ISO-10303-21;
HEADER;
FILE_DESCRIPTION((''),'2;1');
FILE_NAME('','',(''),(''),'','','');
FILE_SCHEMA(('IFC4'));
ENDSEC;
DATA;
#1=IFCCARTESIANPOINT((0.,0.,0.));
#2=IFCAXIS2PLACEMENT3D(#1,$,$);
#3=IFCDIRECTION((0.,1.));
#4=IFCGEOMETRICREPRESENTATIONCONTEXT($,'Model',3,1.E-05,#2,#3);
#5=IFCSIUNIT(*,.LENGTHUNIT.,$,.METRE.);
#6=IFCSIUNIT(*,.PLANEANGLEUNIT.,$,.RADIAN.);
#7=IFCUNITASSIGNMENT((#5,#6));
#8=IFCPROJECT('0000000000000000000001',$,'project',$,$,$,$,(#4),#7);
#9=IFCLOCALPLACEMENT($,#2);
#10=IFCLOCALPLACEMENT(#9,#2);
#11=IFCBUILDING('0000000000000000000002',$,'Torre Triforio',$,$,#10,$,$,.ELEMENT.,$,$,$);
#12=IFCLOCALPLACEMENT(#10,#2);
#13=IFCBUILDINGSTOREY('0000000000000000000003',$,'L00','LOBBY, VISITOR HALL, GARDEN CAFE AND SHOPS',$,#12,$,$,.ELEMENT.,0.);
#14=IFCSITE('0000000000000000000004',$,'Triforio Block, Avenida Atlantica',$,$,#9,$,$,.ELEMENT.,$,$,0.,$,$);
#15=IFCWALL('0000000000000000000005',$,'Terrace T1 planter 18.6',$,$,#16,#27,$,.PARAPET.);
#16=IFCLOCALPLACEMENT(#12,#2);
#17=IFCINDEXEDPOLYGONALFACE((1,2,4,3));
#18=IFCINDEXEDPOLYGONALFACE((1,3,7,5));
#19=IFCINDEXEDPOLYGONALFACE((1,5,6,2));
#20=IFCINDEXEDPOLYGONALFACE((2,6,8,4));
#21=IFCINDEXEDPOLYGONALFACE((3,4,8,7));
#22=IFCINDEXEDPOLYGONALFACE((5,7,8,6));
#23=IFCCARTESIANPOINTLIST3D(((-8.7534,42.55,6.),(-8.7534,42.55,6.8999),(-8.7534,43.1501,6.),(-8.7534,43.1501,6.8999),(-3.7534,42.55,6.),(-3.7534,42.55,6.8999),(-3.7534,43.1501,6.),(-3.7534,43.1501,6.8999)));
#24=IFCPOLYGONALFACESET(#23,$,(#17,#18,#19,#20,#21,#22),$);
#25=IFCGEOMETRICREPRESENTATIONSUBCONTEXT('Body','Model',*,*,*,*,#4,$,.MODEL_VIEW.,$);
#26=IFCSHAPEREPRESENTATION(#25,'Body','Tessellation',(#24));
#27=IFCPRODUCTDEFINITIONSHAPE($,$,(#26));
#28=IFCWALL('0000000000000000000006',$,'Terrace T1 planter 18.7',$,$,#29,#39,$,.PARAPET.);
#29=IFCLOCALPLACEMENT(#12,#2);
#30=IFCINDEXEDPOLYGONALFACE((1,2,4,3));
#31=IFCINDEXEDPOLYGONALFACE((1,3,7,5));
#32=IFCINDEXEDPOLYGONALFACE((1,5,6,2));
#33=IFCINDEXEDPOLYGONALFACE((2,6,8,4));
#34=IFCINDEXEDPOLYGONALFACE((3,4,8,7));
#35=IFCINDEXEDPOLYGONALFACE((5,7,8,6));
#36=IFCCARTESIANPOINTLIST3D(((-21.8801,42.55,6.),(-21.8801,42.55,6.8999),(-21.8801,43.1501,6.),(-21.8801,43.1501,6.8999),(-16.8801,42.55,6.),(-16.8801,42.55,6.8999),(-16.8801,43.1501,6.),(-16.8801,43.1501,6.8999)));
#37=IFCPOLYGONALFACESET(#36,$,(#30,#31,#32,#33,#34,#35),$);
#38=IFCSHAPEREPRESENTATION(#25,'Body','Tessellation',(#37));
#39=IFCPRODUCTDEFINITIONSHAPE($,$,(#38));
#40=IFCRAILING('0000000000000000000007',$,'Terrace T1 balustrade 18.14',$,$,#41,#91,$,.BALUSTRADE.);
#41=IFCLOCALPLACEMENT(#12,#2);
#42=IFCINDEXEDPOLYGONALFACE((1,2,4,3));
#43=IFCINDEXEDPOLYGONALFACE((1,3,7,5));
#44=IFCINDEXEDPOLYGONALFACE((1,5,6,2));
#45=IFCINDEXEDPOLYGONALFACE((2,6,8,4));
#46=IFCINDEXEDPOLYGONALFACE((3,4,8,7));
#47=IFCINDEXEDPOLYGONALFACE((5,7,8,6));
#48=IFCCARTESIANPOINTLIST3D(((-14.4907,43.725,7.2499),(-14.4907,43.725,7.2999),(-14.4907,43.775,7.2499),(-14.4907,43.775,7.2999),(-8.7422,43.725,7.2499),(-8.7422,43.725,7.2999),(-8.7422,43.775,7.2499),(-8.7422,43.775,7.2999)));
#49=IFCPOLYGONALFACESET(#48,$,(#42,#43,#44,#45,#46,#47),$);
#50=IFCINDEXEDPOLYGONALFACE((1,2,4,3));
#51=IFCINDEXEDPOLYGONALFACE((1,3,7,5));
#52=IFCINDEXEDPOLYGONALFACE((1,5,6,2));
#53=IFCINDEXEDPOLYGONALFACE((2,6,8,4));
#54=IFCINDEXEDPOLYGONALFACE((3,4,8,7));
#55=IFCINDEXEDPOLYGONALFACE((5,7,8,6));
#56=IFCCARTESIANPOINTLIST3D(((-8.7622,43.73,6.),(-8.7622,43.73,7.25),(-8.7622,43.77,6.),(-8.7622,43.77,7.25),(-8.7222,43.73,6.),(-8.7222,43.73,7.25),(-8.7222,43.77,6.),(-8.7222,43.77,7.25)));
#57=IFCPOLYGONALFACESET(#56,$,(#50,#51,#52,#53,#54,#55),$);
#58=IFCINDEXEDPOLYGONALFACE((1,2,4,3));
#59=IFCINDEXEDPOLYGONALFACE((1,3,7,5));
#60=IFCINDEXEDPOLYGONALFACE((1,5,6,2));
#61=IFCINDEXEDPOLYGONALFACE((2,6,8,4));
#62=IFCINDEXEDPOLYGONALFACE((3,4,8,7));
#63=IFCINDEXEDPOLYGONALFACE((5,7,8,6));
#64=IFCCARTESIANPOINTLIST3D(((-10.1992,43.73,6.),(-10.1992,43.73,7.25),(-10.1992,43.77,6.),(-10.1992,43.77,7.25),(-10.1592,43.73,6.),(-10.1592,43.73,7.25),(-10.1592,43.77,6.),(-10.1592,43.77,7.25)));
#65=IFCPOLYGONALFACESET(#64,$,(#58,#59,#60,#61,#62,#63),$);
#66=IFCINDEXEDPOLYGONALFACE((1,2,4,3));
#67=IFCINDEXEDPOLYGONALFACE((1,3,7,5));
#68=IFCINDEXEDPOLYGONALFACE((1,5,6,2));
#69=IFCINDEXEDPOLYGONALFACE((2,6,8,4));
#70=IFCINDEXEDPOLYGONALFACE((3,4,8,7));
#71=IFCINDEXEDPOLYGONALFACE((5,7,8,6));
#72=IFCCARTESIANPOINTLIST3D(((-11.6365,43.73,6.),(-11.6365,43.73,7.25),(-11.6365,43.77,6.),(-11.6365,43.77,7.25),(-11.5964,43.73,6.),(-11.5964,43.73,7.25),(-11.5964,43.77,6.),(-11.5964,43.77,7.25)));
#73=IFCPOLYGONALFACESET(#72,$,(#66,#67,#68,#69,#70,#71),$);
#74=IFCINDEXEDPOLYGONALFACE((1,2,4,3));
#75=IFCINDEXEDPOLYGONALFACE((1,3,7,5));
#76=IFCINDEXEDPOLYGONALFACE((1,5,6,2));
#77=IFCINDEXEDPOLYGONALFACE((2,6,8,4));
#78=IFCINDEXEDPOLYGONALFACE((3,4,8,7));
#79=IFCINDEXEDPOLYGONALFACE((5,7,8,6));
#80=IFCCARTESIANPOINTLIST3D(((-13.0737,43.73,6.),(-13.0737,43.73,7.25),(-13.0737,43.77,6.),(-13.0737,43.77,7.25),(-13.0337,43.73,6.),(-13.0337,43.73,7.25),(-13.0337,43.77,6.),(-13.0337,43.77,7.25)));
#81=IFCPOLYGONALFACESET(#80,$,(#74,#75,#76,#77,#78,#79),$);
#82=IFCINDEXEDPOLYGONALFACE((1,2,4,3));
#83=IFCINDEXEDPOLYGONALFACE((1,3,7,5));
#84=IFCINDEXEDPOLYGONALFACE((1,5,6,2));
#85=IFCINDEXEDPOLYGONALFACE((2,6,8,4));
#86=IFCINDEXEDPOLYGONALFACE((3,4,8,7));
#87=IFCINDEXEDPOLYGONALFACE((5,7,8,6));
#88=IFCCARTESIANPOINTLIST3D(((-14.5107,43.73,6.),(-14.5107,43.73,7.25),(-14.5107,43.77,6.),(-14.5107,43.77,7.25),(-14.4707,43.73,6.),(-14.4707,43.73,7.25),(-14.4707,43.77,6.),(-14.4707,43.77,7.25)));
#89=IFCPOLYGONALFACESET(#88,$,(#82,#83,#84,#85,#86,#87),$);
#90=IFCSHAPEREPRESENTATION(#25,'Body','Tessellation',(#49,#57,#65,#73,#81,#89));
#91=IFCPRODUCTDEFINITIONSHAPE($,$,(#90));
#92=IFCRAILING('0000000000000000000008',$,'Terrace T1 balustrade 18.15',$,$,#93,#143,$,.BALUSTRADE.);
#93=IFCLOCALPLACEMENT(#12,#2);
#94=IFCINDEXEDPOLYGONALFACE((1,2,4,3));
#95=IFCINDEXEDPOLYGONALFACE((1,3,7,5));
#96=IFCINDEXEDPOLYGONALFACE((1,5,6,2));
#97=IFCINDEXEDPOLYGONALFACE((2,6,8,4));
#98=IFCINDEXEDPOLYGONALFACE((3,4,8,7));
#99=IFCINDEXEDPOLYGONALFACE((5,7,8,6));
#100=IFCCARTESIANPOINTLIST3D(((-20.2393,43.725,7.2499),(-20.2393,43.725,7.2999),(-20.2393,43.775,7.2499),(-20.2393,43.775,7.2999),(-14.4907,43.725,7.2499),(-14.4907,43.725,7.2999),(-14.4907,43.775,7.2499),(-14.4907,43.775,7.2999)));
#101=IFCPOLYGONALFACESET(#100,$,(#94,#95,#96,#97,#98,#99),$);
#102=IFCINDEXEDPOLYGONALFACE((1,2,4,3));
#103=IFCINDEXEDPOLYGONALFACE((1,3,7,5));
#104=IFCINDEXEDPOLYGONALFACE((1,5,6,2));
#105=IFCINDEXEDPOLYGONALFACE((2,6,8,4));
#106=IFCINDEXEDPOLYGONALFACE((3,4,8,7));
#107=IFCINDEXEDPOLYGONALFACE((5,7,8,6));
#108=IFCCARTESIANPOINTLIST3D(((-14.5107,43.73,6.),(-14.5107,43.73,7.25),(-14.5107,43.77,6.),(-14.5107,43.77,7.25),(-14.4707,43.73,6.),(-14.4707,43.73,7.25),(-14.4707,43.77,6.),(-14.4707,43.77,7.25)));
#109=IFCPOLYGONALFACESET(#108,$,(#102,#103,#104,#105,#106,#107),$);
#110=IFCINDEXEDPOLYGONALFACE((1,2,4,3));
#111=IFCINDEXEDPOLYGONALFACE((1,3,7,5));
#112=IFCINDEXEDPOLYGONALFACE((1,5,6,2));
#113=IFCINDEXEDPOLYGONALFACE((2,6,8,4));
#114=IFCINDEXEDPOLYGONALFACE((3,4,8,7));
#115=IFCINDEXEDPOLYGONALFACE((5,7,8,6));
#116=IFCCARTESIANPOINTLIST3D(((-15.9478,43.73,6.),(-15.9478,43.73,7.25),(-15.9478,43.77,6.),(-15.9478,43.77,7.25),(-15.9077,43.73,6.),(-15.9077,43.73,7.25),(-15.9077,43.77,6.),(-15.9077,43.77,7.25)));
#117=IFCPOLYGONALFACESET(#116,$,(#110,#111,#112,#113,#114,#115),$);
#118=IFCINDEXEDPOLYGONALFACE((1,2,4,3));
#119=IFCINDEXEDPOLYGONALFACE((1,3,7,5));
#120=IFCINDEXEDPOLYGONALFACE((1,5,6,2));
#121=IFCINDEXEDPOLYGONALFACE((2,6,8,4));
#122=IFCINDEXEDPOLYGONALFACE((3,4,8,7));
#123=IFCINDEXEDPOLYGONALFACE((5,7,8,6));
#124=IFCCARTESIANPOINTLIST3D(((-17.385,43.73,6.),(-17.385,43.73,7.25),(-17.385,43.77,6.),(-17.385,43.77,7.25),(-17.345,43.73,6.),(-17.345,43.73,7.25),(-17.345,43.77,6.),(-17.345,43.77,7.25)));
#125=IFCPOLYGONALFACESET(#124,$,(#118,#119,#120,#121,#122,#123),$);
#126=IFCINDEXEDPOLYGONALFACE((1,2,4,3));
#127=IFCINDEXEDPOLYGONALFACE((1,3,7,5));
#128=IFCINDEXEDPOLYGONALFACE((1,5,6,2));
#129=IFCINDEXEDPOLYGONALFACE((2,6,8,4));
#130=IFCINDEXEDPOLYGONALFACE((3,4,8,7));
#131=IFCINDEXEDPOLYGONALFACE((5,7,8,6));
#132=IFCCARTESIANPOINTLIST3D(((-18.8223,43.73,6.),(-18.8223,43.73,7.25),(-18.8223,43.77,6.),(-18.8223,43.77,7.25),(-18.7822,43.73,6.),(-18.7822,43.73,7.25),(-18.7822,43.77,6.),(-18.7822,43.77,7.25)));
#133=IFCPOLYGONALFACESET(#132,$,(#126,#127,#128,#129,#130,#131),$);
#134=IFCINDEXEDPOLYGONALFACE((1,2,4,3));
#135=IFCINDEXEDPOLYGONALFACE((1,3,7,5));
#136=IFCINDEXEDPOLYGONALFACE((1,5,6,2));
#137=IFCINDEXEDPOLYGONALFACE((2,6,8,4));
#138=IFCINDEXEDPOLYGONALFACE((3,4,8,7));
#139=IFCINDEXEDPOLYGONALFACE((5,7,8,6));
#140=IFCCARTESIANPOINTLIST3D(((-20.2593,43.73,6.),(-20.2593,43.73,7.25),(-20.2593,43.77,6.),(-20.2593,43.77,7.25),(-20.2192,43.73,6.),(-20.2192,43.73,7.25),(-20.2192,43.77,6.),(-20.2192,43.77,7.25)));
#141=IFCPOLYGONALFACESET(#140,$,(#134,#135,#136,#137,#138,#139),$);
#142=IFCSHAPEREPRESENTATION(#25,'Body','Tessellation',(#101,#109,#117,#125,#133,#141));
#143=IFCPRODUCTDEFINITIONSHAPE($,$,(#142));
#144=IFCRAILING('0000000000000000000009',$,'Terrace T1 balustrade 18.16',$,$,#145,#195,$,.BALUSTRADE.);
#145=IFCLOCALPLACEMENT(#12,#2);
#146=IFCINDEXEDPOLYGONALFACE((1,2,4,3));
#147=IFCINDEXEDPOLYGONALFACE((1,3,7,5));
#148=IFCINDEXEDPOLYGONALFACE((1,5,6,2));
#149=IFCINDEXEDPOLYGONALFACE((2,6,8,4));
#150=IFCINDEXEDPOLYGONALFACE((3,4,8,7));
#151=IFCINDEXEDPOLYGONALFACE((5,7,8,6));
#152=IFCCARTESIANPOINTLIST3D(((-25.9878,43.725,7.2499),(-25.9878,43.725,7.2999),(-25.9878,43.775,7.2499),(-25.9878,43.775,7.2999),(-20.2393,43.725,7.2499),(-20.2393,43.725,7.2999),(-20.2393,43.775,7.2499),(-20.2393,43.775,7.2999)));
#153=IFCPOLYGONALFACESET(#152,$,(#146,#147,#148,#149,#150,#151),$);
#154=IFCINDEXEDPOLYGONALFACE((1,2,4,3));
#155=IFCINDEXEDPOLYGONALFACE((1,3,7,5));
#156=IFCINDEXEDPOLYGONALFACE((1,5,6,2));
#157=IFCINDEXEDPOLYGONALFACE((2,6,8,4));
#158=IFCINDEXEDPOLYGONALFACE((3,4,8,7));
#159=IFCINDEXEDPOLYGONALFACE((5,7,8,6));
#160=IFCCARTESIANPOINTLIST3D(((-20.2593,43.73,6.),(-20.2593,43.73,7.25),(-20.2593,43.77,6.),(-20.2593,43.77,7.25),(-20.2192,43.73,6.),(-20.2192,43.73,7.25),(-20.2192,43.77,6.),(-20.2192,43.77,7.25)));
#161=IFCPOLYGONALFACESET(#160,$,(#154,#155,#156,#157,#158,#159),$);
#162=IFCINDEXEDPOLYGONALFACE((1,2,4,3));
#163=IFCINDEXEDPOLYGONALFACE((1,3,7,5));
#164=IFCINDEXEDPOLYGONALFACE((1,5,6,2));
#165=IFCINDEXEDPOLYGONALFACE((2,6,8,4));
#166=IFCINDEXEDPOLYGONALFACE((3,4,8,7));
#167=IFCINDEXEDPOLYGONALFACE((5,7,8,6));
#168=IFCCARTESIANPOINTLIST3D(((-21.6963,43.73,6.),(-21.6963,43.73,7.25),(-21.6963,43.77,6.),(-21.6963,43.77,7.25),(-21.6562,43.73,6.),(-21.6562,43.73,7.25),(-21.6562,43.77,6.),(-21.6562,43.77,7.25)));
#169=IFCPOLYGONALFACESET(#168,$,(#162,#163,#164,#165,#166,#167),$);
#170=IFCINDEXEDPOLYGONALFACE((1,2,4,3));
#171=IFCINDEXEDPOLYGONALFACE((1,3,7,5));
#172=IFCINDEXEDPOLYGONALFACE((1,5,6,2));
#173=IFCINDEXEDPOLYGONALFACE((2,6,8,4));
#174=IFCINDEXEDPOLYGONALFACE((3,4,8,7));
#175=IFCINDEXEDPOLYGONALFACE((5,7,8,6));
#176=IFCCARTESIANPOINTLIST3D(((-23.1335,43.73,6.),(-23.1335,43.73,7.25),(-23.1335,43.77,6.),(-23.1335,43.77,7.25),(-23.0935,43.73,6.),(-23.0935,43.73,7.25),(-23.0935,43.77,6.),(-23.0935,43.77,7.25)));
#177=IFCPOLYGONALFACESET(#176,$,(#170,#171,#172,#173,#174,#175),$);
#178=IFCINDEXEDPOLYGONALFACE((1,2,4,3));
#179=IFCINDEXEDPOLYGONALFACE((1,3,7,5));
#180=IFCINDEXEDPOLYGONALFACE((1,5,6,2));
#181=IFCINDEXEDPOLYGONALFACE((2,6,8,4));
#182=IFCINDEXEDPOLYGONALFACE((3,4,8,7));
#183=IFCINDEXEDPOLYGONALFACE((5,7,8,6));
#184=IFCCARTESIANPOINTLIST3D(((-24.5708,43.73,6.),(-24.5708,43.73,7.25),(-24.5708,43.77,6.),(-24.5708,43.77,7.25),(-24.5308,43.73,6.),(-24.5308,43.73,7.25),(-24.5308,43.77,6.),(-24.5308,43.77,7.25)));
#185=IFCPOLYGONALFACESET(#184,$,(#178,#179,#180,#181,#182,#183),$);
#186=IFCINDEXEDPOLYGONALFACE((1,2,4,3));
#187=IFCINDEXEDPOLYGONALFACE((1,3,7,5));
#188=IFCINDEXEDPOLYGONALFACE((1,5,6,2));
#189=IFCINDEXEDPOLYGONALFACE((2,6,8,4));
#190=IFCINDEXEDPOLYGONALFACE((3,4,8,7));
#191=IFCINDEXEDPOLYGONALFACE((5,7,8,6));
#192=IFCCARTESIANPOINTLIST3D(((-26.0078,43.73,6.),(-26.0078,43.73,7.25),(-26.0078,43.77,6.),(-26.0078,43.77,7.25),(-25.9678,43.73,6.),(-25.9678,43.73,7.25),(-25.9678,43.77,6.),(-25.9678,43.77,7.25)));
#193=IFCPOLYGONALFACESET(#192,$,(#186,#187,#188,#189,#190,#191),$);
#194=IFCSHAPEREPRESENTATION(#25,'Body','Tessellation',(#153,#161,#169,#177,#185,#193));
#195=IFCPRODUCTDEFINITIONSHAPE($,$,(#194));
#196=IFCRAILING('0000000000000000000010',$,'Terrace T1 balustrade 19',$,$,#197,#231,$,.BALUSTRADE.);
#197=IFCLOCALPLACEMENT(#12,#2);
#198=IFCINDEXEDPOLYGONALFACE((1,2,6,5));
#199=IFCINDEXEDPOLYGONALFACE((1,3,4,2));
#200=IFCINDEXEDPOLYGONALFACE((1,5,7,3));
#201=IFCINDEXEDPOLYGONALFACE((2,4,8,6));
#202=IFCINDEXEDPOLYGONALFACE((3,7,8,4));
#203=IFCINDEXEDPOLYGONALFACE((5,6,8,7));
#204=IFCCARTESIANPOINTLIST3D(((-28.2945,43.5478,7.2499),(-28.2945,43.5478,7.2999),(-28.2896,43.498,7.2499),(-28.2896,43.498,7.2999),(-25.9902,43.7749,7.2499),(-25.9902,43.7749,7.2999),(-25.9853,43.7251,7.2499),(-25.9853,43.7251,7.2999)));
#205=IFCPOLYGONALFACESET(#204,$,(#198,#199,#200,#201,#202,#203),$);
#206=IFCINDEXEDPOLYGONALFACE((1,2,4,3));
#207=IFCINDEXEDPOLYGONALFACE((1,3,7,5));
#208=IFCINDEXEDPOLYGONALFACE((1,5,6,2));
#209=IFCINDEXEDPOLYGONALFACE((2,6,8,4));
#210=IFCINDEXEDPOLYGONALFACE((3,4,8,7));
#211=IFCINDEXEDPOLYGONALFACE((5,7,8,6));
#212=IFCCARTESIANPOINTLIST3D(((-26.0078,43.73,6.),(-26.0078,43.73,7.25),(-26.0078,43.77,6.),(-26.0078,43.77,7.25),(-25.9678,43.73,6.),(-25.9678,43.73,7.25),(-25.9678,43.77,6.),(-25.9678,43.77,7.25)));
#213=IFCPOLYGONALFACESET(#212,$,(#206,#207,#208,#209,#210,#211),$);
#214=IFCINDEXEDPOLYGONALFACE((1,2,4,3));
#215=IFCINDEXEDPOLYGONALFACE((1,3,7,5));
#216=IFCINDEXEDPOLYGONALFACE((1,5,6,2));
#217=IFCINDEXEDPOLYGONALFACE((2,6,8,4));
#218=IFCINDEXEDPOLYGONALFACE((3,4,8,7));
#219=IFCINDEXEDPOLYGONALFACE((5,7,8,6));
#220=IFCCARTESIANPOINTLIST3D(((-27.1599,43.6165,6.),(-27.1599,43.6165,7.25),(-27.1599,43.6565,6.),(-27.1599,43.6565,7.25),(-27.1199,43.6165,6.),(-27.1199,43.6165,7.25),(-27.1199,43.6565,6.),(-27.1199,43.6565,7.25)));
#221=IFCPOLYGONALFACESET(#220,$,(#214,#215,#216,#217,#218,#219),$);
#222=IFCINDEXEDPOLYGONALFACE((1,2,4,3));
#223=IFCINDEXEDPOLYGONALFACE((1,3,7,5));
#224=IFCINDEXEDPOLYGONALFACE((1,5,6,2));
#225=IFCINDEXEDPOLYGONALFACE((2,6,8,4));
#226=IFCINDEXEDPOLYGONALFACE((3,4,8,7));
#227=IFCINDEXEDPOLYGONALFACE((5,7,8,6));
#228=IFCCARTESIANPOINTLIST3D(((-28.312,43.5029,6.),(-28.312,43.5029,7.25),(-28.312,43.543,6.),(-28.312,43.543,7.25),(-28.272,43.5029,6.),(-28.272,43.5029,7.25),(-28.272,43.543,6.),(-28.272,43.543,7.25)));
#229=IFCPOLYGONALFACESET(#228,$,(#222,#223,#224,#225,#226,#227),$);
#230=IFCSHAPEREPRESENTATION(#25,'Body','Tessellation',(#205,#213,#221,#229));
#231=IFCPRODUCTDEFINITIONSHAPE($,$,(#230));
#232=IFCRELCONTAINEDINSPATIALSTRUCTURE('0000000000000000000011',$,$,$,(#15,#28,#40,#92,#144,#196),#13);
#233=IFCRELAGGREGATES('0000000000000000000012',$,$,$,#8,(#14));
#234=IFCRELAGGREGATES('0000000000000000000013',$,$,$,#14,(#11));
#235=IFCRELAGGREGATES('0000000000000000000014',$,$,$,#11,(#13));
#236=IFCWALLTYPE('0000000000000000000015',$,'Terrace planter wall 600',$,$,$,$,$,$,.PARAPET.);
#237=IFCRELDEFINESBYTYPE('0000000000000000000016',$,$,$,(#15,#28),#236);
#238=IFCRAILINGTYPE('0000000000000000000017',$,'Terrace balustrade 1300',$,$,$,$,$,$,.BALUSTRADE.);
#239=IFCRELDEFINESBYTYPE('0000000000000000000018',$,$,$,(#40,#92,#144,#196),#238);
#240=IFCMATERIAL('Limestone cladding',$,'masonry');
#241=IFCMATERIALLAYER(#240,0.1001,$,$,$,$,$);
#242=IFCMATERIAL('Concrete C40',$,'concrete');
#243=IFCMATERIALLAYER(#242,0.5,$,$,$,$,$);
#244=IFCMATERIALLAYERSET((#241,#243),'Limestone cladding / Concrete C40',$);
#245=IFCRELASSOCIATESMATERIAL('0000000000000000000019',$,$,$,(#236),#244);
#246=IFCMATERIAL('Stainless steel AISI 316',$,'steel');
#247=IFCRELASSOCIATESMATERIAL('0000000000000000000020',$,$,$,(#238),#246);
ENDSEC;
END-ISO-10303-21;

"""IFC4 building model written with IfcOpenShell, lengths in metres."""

from ifc_helpers import new_model, si_unit, direction, frame, frame_2d, origin, origin_2d, place, context, subcontext, project, spatial, rectangle, extrude, material, layer, layer_set, type_object, element, save


model = new_model("IFC4")

# Units and contexts
model_context = context("Model", 3, precision=1e-05, world=origin(), true_north=direction((0.0, 1.0)))
body_context = subcontext(model_context, "Body", "Model", "MODEL_VIEW")
ifc_project = project(units=[si_unit("LENGTHUNIT", "METRE"), si_unit("PLANEANGLEUNIT", "RADIAN")], contexts=[model_context])

# Site, building, storey
site_placement = place(None, origin())
site = spatial("IfcSite", under=ifc_project, at=site_placement, Name="Triforio Block, Avenida Atlantica", CompositionType="ELEMENT", RefElevation=0.0)
building_placement = place(site_placement, origin())
building = spatial("IfcBuilding", under=site, at=building_placement, Name="Torre Triforio", CompositionType="ELEMENT")
storey_placement = place(building_placement, origin())
storey = spatial("IfcBuildingStorey", under=building, at=storey_placement, Name="L00", Description="LOBBY, VISITOR HALL, GARDEN CAFE AND SHOPS", CompositionType="ELEMENT", Elevation=0.0)

# Shared definitions
ifc_material_1 = material(Name="Limestone cladding", Category="masonry")
ifc_material_2 = material(Name="Concrete C40", Category="concrete")

# Walls
ifc_layer_1 = layer(ifc_material_1, 0.1001)
ifc_layer_2 = layer(ifc_material_2, 0.5)
ifc_layer_set_1 = layer_set([ifc_layer_1, ifc_layer_2], Name="Limestone cladding / Concrete C40")
wall_type_1 = type_object("IfcWallType", Name="Terrace planter wall 600", PredefinedType="PARAPET", material=ifc_layer_set_1)
for number, where, z_axis, x_axis, name in (
    (1, (-3.7534, 42.8501, 6.0), (0.0, 0.0, 1.0), (-1.0, 0.0, 0.0), "Terrace T1 planter 18.6"),
    (2, (-16.8801, 42.8501, 6.0), (0.0, 0.0, 1.0), (-1.0, 0.0, 0.0), "Terrace T1 planter 18.7"),
):
    element("IfcWall", number, at=place(storey_placement, frame(where, z_axis=z_axis, x_axis=x_axis)), inside=storey, type_object=wall_type_1, Name=name, PredefinedType="PARAPET", context=body_context, shape_type="SweptSolid", body=[
        extrude(rectangle(XDim=5.0, YDim=0.6001, at=frame_2d((2.5, 0.0))), origin(), (0.0, 0.0, 1.0), 0.8999),
    ])

# Railings
ifc_material_3 = material(Name="Stainless steel AISI 316", Category="steel")
railing_type = type_object("IfcRailingType", Name="Terrace balustrade 1300", PredefinedType="BALUSTRADE", material=ifc_material_3)
for number, where, name in (
    (3, (-8.7422, 43.75, 6.0), "Terrace T1 balustrade 18.14"),
    (4, (-14.4907, 43.75, 6.0), "Terrace T1 balustrade 18.15"),
    (5, (-20.2393, 43.75, 6.0), "Terrace T1 balustrade 18.16"),
):
    element("IfcRailing", number, at=place(storey_placement, frame(where)), inside=storey, type_object=railing_type, Name=name, PredefinedType="BALUSTRADE", context=body_context, shape_type="SweptSolid", body=[
        extrude(rectangle(XDim=0.05, YDim=0.05, at=origin_2d()), frame((0.0, 0.0, 1.2749), z_axis=(-1.0, 0.0, 0.0), x_axis=(0.0, -1.0, 0.0)), (0.0, 0.0, 1.0), 5.7485),
        extrude(rectangle(XDim=0.04, YDim=0.04, at=origin_2d()), origin(), (0.0, 0.0, 1.0), 1.25),
        extrude(rectangle(XDim=0.04, YDim=0.04, at=origin_2d()), frame((-1.437, 0.0, 0.0)), (0.0, 0.0, 1.0), 1.25),
        extrude(rectangle(XDim=0.04, YDim=0.04, at=origin_2d()), frame((-2.8743, 0.0, 0.0)), (0.0, 0.0, 1.0), 1.25),
        extrude(rectangle(XDim=0.04, YDim=0.04, at=origin_2d()), frame((-4.3115, 0.0, 0.0)), (0.0, 0.0, 1.0), 1.25),
        extrude(rectangle(XDim=0.04, YDim=0.04, at=origin_2d()), frame((-5.7485, 0.0, 0.0)), (0.0, 0.0, 1.0), 1.25),
    ])
railing_1_placement = place(storey_placement, frame((-25.9878, 43.75, 6.0)))
element("IfcRailing", 6, at=railing_1_placement, inside=storey, type_object=railing_type, Name="Terrace T1 balustrade 19", PredefinedType="BALUSTRADE", context=body_context, shape_type="SweptSolid", body=[
    extrude(rectangle(XDim=0.05, YDim=0.05, at=origin_2d()), frame((0.0, 0.0, 1.2749), z_axis=(-0.99518, -0.098063, 0.0), x_axis=(0.098063, -0.99518, 0.0)), (0.0, 0.0, 1.0), 2.3154),
    extrude(rectangle(XDim=0.04, YDim=0.04, at=origin_2d()), origin(), (0.0, 0.0, 1.0), 1.25),
    extrude(rectangle(XDim=0.04, YDim=0.04, at=origin_2d()), frame((-1.1521, -0.1135, 0.0)), (0.0, 0.0, 1.0), 1.25),
    extrude(rectangle(XDim=0.04, YDim=0.04, at=origin_2d()), frame((-2.3042, -0.2271, 0.0)), (0.0, 0.0, 1.0), 1.25),
])

save(model, "model.ifc")
